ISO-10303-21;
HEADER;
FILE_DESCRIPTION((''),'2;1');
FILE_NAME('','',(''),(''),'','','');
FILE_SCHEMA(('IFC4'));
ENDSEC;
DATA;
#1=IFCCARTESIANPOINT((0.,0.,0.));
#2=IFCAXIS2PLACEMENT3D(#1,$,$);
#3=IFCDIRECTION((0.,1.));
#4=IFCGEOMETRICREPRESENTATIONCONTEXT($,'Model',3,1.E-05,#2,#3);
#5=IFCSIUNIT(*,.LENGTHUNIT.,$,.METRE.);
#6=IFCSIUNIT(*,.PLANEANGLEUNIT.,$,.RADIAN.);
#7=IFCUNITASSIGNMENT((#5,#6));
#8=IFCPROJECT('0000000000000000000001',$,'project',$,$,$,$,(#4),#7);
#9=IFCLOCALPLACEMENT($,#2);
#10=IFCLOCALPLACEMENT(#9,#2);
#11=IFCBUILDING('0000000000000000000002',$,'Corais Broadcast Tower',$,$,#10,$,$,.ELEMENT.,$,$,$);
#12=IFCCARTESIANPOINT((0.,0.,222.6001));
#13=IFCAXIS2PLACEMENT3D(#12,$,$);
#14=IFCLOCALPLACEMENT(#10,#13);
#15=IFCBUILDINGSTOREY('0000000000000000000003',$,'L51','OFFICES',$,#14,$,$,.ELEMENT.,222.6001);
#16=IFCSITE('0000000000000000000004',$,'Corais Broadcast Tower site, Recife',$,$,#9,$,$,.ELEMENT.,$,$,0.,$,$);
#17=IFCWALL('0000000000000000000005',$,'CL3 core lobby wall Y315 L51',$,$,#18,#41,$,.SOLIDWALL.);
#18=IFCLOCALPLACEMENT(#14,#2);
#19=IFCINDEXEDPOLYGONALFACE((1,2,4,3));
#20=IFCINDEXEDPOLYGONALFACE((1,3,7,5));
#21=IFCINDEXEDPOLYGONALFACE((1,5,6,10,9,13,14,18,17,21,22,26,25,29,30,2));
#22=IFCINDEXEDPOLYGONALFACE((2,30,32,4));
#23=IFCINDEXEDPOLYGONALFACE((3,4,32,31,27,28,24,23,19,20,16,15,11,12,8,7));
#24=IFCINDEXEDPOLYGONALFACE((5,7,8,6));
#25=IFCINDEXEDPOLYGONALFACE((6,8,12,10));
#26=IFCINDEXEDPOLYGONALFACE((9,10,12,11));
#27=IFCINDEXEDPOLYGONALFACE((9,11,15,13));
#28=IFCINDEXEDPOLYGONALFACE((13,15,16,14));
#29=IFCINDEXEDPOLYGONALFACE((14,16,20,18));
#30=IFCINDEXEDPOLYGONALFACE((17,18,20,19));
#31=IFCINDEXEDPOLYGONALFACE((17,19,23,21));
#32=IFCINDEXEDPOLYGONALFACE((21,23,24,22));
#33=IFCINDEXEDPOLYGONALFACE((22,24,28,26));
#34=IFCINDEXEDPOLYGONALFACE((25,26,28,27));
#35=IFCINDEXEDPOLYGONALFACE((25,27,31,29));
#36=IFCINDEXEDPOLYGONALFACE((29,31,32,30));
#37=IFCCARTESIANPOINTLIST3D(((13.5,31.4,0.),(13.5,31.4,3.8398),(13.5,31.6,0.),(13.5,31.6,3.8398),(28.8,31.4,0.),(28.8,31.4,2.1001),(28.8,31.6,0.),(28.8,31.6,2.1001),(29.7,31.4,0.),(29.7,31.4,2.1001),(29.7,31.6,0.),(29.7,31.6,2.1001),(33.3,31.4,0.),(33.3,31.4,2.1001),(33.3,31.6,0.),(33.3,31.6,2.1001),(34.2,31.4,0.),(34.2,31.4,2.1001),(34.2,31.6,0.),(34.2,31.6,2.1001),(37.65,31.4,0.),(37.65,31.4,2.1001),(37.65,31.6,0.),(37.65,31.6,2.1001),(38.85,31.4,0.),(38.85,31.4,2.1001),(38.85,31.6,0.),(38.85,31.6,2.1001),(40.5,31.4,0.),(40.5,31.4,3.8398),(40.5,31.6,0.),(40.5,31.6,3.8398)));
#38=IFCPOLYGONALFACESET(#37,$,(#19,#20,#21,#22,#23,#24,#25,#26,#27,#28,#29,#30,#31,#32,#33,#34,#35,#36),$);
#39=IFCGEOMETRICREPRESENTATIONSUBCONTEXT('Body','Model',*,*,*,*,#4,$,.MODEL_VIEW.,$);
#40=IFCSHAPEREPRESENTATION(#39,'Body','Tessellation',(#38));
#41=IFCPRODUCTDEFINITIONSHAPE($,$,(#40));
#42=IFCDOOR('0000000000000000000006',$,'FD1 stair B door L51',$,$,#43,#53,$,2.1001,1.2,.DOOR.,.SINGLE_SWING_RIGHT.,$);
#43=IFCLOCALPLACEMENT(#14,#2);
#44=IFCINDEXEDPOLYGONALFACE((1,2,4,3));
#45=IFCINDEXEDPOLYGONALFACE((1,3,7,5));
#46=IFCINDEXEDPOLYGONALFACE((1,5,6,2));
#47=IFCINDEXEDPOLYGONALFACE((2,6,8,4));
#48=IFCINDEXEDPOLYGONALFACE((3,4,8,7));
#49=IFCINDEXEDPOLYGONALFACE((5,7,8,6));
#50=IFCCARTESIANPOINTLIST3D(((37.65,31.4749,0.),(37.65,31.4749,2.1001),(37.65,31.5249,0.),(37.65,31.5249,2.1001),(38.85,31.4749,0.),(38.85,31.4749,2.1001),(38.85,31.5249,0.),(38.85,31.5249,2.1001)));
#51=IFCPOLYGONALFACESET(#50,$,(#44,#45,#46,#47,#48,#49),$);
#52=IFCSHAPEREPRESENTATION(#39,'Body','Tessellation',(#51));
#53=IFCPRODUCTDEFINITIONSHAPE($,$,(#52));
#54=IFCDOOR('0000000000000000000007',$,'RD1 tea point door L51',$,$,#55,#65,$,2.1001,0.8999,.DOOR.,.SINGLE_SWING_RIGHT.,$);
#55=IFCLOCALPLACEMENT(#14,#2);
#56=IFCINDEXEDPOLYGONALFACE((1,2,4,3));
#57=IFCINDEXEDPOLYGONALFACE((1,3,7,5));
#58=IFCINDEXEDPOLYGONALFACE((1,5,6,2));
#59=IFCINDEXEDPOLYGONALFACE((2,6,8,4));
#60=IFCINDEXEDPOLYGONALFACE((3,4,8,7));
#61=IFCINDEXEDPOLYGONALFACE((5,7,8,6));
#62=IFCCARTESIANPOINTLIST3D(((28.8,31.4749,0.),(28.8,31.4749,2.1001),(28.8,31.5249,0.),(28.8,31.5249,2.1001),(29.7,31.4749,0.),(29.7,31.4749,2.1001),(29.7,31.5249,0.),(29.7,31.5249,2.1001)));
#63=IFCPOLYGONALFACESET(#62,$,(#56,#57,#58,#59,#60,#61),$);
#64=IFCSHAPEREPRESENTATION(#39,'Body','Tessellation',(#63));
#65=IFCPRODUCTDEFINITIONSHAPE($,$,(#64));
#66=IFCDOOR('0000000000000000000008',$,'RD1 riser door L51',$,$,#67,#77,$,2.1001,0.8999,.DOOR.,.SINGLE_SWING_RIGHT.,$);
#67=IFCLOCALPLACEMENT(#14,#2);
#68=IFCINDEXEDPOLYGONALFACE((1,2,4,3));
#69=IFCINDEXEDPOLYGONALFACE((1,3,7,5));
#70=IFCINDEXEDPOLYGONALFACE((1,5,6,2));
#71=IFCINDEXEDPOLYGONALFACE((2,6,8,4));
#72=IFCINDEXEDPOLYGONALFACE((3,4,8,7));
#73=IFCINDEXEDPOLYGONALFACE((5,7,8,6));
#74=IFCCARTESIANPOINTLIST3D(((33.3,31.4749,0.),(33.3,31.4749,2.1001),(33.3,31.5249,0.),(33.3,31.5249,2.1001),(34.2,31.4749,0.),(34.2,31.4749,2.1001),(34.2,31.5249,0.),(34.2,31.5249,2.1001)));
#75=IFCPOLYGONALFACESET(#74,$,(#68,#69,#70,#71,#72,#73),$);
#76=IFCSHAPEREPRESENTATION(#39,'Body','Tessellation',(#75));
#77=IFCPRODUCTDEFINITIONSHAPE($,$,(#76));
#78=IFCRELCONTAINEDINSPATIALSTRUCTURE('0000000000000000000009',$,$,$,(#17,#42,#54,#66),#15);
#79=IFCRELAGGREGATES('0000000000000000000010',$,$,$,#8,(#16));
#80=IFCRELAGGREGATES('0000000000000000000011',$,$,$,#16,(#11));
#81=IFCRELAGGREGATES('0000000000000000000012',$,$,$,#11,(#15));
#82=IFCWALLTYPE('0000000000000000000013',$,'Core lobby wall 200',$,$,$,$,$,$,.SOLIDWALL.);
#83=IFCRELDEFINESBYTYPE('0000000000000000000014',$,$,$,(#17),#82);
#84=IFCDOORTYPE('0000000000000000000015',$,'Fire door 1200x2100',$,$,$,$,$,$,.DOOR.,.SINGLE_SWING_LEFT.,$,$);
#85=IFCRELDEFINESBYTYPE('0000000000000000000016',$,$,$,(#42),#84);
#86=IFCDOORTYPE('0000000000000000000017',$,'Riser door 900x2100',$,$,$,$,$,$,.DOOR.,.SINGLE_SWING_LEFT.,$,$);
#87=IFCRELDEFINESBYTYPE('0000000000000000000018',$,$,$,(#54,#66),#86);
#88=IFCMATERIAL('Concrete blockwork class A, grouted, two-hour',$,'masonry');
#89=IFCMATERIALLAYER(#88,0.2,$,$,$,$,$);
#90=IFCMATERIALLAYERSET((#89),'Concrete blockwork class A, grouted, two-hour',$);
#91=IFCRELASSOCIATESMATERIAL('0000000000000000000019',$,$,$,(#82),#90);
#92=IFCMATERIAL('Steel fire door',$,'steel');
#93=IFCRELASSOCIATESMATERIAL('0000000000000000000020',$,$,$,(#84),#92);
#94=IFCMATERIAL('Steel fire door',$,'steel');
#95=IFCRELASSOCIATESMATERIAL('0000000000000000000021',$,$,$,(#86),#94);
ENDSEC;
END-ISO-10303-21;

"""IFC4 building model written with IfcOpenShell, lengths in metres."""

from ifc_helpers import new_model, si_unit, direction, frame, frame_2d, origin, place, context, subcontext, project, spatial, rectangle, extrude, material, layer, layer_set, type_object, element, fill, save


model = new_model("IFC4")

# Units and contexts
model_context = context("Model", 3, precision=1e-05, world=origin(), true_north=direction((0.0, 1.0)))
body_context = subcontext(model_context, "Body", "Model", "MODEL_VIEW")
ifc_project = project(units=[si_unit("LENGTHUNIT", "METRE"), si_unit("PLANEANGLEUNIT", "RADIAN")], contexts=[model_context])

# Site, building, storey
site_placement = place(None, origin())
site = spatial("IfcSite", under=ifc_project, at=site_placement, Name="Corais Broadcast Tower site, Recife", CompositionType="ELEMENT", RefElevation=0.0)
building_placement = place(site_placement, origin())
building = spatial("IfcBuilding", under=site, at=building_placement, Name="Corais Broadcast Tower", CompositionType="ELEMENT")
storey_placement = place(building_placement, frame((0.0, 0.0, 222.6001)))
storey = spatial("IfcBuildingStorey", under=building, at=storey_placement, Name="L51", Description="OFFICES", CompositionType="ELEMENT", Elevation=222.6001)

# Wall, openings, doors
ifc_material_1 = material(Name="Concrete blockwork class A, grouted, two-hour", Category="masonry")
ifc_layer_1 = layer(ifc_material_1, 0.2)
ifc_layer_set_1 = layer_set([ifc_layer_1], Name="Concrete blockwork class A, grouted, two-hour")
wall_type_1 = type_object("IfcWallType", Name="Core lobby wall 200", PredefinedType="SOLIDWALL", material=ifc_layer_set_1)
wall_1_placement = place(storey_placement, frame((13.5, 31.5, 0.0), z_axis=(0.0, 0.0, 1.0), x_axis=(1.0, 0.0, 0.0)))
wall_1 = element("IfcWall", 1, at=wall_1_placement, inside=storey, type_object=wall_type_1, Name="CL3 core lobby wall Y315 L51", PredefinedType="SOLIDWALL", context=body_context, shape_type="SweptSolid", body=[
    extrude(rectangle(XDim=27.0, YDim=0.2, at=frame_2d((13.5, 0.0))), origin(), (0.0, 0.0, 1.0), 3.8398),
])
opening_1_placement = place(wall_1_placement, frame((24.1499, 0.0, 0.0)))
opening_1 = element("IfcOpeningElement", 2, at=opening_1_placement, cuts=wall_1, PredefinedType="OPENING", context=body_context, shape_type="SweptSolid", body=[
    extrude(rectangle(XDim=1.2, YDim=2.1001, at=frame_2d((0.6001, 1.05))), frame((0.0, 0.1099, 0.0), z_axis=(0.0, -1.0, 0.0), x_axis=(1.0, 0.0, 0.0)), (0.0, 0.0, 1.0), 0.22),
])
opening_2_placement = place(wall_1_placement, frame((15.3, 0.0, 0.0)))
opening_2 = element("IfcOpeningElement", 3, at=opening_2_placement, cuts=wall_1, PredefinedType="OPENING", context=body_context, shape_type="SweptSolid", body=[
    extrude(rectangle(XDim=0.8999, YDim=2.1001, at=frame_2d((0.45, 1.05))), frame((0.0, 0.1099, 0.0), z_axis=(0.0, -1.0, 0.0), x_axis=(1.0, 0.0, 0.0)), (0.0, 0.0, 1.0), 0.22),
])
opening_3_placement = place(wall_1_placement, frame((19.8, 0.0, 0.0)))
opening_3 = element("IfcOpeningElement", 4, at=opening_3_placement, cuts=wall_1, PredefinedType="OPENING", context=body_context, shape_type="SweptSolid", body=[
    extrude(rectangle(XDim=0.8999, YDim=2.1001, at=frame_2d((0.45, 1.05))), frame((0.0, 0.1099, 0.0), z_axis=(0.0, -1.0, 0.0), x_axis=(1.0, 0.0, 0.0)), (0.0, 0.0, 1.0), 0.22),
])
ifc_material_2 = material(Name="Steel fire door", Category="steel")
door_type_1 = type_object("IfcDoorType", Name="Fire door 1200x2100", OperationType="SINGLE_SWING_LEFT", PredefinedType="DOOR", material=ifc_material_2)
door_1_placement = place(opening_1_placement, origin())
door_1 = element("IfcDoor", 5, at=door_1_placement, inside=storey, type_object=door_type_1, Name="FD1 stair B door L51", OperationType="SINGLE_SWING_RIGHT", OverallHeight=2.1001, OverallWidth=1.2, PredefinedType="DOOR", context=body_context, shape_type="SweptSolid", body=[
    extrude(rectangle(XDim=1.2, YDim=2.1001, at=frame_2d((0.6001, 1.05))), frame((0.0, 0.0249, 0.0), z_axis=(0.0, -1.0, 0.0), x_axis=(1.0, 0.0, 0.0)), (0.0, 0.0, 1.0), 0.05),
])
fill(opening_1, door_1)
ifc_material_3 = material(Name="Steel fire door", Category="steel")
door_type_2 = type_object("IfcDoorType", Name="Riser door 900x2100", OperationType="SINGLE_SWING_LEFT", PredefinedType="DOOR", material=ifc_material_3)
door_2_placement = place(opening_2_placement, origin())
door_2 = element("IfcDoor", 6, at=door_2_placement, inside=storey, type_object=door_type_2, Name="RD1 tea point door L51", OperationType="SINGLE_SWING_RIGHT", OverallHeight=2.1001, OverallWidth=0.8999, PredefinedType="DOOR", context=body_context, shape_type="SweptSolid", body=[
    extrude(rectangle(XDim=0.8999, YDim=2.1001, at=frame_2d((0.45, 1.05))), frame((0.0, 0.0249, 0.0), z_axis=(0.0, -1.0, 0.0), x_axis=(1.0, 0.0, 0.0)), (0.0, 0.0, 1.0), 0.05),
])
fill(opening_2, door_2)
door_3_placement = place(opening_3_placement, origin())
door_3 = element("IfcDoor", 7, at=door_3_placement, inside=storey, type_object=door_type_2, Name="RD1 riser door L51", OperationType="SINGLE_SWING_RIGHT", OverallHeight=2.1001, OverallWidth=0.8999, PredefinedType="DOOR", context=body_context, shape_type="SweptSolid", body=[
    extrude(rectangle(XDim=0.8999, YDim=2.1001, at=frame_2d((0.45, 1.05))), frame((0.0, 0.0249, 0.0), z_axis=(0.0, -1.0, 0.0), x_axis=(1.0, 0.0, 0.0)), (0.0, 0.0, 1.0), 0.05),
])
fill(opening_3, door_3)

save(model, "model.ifc")
